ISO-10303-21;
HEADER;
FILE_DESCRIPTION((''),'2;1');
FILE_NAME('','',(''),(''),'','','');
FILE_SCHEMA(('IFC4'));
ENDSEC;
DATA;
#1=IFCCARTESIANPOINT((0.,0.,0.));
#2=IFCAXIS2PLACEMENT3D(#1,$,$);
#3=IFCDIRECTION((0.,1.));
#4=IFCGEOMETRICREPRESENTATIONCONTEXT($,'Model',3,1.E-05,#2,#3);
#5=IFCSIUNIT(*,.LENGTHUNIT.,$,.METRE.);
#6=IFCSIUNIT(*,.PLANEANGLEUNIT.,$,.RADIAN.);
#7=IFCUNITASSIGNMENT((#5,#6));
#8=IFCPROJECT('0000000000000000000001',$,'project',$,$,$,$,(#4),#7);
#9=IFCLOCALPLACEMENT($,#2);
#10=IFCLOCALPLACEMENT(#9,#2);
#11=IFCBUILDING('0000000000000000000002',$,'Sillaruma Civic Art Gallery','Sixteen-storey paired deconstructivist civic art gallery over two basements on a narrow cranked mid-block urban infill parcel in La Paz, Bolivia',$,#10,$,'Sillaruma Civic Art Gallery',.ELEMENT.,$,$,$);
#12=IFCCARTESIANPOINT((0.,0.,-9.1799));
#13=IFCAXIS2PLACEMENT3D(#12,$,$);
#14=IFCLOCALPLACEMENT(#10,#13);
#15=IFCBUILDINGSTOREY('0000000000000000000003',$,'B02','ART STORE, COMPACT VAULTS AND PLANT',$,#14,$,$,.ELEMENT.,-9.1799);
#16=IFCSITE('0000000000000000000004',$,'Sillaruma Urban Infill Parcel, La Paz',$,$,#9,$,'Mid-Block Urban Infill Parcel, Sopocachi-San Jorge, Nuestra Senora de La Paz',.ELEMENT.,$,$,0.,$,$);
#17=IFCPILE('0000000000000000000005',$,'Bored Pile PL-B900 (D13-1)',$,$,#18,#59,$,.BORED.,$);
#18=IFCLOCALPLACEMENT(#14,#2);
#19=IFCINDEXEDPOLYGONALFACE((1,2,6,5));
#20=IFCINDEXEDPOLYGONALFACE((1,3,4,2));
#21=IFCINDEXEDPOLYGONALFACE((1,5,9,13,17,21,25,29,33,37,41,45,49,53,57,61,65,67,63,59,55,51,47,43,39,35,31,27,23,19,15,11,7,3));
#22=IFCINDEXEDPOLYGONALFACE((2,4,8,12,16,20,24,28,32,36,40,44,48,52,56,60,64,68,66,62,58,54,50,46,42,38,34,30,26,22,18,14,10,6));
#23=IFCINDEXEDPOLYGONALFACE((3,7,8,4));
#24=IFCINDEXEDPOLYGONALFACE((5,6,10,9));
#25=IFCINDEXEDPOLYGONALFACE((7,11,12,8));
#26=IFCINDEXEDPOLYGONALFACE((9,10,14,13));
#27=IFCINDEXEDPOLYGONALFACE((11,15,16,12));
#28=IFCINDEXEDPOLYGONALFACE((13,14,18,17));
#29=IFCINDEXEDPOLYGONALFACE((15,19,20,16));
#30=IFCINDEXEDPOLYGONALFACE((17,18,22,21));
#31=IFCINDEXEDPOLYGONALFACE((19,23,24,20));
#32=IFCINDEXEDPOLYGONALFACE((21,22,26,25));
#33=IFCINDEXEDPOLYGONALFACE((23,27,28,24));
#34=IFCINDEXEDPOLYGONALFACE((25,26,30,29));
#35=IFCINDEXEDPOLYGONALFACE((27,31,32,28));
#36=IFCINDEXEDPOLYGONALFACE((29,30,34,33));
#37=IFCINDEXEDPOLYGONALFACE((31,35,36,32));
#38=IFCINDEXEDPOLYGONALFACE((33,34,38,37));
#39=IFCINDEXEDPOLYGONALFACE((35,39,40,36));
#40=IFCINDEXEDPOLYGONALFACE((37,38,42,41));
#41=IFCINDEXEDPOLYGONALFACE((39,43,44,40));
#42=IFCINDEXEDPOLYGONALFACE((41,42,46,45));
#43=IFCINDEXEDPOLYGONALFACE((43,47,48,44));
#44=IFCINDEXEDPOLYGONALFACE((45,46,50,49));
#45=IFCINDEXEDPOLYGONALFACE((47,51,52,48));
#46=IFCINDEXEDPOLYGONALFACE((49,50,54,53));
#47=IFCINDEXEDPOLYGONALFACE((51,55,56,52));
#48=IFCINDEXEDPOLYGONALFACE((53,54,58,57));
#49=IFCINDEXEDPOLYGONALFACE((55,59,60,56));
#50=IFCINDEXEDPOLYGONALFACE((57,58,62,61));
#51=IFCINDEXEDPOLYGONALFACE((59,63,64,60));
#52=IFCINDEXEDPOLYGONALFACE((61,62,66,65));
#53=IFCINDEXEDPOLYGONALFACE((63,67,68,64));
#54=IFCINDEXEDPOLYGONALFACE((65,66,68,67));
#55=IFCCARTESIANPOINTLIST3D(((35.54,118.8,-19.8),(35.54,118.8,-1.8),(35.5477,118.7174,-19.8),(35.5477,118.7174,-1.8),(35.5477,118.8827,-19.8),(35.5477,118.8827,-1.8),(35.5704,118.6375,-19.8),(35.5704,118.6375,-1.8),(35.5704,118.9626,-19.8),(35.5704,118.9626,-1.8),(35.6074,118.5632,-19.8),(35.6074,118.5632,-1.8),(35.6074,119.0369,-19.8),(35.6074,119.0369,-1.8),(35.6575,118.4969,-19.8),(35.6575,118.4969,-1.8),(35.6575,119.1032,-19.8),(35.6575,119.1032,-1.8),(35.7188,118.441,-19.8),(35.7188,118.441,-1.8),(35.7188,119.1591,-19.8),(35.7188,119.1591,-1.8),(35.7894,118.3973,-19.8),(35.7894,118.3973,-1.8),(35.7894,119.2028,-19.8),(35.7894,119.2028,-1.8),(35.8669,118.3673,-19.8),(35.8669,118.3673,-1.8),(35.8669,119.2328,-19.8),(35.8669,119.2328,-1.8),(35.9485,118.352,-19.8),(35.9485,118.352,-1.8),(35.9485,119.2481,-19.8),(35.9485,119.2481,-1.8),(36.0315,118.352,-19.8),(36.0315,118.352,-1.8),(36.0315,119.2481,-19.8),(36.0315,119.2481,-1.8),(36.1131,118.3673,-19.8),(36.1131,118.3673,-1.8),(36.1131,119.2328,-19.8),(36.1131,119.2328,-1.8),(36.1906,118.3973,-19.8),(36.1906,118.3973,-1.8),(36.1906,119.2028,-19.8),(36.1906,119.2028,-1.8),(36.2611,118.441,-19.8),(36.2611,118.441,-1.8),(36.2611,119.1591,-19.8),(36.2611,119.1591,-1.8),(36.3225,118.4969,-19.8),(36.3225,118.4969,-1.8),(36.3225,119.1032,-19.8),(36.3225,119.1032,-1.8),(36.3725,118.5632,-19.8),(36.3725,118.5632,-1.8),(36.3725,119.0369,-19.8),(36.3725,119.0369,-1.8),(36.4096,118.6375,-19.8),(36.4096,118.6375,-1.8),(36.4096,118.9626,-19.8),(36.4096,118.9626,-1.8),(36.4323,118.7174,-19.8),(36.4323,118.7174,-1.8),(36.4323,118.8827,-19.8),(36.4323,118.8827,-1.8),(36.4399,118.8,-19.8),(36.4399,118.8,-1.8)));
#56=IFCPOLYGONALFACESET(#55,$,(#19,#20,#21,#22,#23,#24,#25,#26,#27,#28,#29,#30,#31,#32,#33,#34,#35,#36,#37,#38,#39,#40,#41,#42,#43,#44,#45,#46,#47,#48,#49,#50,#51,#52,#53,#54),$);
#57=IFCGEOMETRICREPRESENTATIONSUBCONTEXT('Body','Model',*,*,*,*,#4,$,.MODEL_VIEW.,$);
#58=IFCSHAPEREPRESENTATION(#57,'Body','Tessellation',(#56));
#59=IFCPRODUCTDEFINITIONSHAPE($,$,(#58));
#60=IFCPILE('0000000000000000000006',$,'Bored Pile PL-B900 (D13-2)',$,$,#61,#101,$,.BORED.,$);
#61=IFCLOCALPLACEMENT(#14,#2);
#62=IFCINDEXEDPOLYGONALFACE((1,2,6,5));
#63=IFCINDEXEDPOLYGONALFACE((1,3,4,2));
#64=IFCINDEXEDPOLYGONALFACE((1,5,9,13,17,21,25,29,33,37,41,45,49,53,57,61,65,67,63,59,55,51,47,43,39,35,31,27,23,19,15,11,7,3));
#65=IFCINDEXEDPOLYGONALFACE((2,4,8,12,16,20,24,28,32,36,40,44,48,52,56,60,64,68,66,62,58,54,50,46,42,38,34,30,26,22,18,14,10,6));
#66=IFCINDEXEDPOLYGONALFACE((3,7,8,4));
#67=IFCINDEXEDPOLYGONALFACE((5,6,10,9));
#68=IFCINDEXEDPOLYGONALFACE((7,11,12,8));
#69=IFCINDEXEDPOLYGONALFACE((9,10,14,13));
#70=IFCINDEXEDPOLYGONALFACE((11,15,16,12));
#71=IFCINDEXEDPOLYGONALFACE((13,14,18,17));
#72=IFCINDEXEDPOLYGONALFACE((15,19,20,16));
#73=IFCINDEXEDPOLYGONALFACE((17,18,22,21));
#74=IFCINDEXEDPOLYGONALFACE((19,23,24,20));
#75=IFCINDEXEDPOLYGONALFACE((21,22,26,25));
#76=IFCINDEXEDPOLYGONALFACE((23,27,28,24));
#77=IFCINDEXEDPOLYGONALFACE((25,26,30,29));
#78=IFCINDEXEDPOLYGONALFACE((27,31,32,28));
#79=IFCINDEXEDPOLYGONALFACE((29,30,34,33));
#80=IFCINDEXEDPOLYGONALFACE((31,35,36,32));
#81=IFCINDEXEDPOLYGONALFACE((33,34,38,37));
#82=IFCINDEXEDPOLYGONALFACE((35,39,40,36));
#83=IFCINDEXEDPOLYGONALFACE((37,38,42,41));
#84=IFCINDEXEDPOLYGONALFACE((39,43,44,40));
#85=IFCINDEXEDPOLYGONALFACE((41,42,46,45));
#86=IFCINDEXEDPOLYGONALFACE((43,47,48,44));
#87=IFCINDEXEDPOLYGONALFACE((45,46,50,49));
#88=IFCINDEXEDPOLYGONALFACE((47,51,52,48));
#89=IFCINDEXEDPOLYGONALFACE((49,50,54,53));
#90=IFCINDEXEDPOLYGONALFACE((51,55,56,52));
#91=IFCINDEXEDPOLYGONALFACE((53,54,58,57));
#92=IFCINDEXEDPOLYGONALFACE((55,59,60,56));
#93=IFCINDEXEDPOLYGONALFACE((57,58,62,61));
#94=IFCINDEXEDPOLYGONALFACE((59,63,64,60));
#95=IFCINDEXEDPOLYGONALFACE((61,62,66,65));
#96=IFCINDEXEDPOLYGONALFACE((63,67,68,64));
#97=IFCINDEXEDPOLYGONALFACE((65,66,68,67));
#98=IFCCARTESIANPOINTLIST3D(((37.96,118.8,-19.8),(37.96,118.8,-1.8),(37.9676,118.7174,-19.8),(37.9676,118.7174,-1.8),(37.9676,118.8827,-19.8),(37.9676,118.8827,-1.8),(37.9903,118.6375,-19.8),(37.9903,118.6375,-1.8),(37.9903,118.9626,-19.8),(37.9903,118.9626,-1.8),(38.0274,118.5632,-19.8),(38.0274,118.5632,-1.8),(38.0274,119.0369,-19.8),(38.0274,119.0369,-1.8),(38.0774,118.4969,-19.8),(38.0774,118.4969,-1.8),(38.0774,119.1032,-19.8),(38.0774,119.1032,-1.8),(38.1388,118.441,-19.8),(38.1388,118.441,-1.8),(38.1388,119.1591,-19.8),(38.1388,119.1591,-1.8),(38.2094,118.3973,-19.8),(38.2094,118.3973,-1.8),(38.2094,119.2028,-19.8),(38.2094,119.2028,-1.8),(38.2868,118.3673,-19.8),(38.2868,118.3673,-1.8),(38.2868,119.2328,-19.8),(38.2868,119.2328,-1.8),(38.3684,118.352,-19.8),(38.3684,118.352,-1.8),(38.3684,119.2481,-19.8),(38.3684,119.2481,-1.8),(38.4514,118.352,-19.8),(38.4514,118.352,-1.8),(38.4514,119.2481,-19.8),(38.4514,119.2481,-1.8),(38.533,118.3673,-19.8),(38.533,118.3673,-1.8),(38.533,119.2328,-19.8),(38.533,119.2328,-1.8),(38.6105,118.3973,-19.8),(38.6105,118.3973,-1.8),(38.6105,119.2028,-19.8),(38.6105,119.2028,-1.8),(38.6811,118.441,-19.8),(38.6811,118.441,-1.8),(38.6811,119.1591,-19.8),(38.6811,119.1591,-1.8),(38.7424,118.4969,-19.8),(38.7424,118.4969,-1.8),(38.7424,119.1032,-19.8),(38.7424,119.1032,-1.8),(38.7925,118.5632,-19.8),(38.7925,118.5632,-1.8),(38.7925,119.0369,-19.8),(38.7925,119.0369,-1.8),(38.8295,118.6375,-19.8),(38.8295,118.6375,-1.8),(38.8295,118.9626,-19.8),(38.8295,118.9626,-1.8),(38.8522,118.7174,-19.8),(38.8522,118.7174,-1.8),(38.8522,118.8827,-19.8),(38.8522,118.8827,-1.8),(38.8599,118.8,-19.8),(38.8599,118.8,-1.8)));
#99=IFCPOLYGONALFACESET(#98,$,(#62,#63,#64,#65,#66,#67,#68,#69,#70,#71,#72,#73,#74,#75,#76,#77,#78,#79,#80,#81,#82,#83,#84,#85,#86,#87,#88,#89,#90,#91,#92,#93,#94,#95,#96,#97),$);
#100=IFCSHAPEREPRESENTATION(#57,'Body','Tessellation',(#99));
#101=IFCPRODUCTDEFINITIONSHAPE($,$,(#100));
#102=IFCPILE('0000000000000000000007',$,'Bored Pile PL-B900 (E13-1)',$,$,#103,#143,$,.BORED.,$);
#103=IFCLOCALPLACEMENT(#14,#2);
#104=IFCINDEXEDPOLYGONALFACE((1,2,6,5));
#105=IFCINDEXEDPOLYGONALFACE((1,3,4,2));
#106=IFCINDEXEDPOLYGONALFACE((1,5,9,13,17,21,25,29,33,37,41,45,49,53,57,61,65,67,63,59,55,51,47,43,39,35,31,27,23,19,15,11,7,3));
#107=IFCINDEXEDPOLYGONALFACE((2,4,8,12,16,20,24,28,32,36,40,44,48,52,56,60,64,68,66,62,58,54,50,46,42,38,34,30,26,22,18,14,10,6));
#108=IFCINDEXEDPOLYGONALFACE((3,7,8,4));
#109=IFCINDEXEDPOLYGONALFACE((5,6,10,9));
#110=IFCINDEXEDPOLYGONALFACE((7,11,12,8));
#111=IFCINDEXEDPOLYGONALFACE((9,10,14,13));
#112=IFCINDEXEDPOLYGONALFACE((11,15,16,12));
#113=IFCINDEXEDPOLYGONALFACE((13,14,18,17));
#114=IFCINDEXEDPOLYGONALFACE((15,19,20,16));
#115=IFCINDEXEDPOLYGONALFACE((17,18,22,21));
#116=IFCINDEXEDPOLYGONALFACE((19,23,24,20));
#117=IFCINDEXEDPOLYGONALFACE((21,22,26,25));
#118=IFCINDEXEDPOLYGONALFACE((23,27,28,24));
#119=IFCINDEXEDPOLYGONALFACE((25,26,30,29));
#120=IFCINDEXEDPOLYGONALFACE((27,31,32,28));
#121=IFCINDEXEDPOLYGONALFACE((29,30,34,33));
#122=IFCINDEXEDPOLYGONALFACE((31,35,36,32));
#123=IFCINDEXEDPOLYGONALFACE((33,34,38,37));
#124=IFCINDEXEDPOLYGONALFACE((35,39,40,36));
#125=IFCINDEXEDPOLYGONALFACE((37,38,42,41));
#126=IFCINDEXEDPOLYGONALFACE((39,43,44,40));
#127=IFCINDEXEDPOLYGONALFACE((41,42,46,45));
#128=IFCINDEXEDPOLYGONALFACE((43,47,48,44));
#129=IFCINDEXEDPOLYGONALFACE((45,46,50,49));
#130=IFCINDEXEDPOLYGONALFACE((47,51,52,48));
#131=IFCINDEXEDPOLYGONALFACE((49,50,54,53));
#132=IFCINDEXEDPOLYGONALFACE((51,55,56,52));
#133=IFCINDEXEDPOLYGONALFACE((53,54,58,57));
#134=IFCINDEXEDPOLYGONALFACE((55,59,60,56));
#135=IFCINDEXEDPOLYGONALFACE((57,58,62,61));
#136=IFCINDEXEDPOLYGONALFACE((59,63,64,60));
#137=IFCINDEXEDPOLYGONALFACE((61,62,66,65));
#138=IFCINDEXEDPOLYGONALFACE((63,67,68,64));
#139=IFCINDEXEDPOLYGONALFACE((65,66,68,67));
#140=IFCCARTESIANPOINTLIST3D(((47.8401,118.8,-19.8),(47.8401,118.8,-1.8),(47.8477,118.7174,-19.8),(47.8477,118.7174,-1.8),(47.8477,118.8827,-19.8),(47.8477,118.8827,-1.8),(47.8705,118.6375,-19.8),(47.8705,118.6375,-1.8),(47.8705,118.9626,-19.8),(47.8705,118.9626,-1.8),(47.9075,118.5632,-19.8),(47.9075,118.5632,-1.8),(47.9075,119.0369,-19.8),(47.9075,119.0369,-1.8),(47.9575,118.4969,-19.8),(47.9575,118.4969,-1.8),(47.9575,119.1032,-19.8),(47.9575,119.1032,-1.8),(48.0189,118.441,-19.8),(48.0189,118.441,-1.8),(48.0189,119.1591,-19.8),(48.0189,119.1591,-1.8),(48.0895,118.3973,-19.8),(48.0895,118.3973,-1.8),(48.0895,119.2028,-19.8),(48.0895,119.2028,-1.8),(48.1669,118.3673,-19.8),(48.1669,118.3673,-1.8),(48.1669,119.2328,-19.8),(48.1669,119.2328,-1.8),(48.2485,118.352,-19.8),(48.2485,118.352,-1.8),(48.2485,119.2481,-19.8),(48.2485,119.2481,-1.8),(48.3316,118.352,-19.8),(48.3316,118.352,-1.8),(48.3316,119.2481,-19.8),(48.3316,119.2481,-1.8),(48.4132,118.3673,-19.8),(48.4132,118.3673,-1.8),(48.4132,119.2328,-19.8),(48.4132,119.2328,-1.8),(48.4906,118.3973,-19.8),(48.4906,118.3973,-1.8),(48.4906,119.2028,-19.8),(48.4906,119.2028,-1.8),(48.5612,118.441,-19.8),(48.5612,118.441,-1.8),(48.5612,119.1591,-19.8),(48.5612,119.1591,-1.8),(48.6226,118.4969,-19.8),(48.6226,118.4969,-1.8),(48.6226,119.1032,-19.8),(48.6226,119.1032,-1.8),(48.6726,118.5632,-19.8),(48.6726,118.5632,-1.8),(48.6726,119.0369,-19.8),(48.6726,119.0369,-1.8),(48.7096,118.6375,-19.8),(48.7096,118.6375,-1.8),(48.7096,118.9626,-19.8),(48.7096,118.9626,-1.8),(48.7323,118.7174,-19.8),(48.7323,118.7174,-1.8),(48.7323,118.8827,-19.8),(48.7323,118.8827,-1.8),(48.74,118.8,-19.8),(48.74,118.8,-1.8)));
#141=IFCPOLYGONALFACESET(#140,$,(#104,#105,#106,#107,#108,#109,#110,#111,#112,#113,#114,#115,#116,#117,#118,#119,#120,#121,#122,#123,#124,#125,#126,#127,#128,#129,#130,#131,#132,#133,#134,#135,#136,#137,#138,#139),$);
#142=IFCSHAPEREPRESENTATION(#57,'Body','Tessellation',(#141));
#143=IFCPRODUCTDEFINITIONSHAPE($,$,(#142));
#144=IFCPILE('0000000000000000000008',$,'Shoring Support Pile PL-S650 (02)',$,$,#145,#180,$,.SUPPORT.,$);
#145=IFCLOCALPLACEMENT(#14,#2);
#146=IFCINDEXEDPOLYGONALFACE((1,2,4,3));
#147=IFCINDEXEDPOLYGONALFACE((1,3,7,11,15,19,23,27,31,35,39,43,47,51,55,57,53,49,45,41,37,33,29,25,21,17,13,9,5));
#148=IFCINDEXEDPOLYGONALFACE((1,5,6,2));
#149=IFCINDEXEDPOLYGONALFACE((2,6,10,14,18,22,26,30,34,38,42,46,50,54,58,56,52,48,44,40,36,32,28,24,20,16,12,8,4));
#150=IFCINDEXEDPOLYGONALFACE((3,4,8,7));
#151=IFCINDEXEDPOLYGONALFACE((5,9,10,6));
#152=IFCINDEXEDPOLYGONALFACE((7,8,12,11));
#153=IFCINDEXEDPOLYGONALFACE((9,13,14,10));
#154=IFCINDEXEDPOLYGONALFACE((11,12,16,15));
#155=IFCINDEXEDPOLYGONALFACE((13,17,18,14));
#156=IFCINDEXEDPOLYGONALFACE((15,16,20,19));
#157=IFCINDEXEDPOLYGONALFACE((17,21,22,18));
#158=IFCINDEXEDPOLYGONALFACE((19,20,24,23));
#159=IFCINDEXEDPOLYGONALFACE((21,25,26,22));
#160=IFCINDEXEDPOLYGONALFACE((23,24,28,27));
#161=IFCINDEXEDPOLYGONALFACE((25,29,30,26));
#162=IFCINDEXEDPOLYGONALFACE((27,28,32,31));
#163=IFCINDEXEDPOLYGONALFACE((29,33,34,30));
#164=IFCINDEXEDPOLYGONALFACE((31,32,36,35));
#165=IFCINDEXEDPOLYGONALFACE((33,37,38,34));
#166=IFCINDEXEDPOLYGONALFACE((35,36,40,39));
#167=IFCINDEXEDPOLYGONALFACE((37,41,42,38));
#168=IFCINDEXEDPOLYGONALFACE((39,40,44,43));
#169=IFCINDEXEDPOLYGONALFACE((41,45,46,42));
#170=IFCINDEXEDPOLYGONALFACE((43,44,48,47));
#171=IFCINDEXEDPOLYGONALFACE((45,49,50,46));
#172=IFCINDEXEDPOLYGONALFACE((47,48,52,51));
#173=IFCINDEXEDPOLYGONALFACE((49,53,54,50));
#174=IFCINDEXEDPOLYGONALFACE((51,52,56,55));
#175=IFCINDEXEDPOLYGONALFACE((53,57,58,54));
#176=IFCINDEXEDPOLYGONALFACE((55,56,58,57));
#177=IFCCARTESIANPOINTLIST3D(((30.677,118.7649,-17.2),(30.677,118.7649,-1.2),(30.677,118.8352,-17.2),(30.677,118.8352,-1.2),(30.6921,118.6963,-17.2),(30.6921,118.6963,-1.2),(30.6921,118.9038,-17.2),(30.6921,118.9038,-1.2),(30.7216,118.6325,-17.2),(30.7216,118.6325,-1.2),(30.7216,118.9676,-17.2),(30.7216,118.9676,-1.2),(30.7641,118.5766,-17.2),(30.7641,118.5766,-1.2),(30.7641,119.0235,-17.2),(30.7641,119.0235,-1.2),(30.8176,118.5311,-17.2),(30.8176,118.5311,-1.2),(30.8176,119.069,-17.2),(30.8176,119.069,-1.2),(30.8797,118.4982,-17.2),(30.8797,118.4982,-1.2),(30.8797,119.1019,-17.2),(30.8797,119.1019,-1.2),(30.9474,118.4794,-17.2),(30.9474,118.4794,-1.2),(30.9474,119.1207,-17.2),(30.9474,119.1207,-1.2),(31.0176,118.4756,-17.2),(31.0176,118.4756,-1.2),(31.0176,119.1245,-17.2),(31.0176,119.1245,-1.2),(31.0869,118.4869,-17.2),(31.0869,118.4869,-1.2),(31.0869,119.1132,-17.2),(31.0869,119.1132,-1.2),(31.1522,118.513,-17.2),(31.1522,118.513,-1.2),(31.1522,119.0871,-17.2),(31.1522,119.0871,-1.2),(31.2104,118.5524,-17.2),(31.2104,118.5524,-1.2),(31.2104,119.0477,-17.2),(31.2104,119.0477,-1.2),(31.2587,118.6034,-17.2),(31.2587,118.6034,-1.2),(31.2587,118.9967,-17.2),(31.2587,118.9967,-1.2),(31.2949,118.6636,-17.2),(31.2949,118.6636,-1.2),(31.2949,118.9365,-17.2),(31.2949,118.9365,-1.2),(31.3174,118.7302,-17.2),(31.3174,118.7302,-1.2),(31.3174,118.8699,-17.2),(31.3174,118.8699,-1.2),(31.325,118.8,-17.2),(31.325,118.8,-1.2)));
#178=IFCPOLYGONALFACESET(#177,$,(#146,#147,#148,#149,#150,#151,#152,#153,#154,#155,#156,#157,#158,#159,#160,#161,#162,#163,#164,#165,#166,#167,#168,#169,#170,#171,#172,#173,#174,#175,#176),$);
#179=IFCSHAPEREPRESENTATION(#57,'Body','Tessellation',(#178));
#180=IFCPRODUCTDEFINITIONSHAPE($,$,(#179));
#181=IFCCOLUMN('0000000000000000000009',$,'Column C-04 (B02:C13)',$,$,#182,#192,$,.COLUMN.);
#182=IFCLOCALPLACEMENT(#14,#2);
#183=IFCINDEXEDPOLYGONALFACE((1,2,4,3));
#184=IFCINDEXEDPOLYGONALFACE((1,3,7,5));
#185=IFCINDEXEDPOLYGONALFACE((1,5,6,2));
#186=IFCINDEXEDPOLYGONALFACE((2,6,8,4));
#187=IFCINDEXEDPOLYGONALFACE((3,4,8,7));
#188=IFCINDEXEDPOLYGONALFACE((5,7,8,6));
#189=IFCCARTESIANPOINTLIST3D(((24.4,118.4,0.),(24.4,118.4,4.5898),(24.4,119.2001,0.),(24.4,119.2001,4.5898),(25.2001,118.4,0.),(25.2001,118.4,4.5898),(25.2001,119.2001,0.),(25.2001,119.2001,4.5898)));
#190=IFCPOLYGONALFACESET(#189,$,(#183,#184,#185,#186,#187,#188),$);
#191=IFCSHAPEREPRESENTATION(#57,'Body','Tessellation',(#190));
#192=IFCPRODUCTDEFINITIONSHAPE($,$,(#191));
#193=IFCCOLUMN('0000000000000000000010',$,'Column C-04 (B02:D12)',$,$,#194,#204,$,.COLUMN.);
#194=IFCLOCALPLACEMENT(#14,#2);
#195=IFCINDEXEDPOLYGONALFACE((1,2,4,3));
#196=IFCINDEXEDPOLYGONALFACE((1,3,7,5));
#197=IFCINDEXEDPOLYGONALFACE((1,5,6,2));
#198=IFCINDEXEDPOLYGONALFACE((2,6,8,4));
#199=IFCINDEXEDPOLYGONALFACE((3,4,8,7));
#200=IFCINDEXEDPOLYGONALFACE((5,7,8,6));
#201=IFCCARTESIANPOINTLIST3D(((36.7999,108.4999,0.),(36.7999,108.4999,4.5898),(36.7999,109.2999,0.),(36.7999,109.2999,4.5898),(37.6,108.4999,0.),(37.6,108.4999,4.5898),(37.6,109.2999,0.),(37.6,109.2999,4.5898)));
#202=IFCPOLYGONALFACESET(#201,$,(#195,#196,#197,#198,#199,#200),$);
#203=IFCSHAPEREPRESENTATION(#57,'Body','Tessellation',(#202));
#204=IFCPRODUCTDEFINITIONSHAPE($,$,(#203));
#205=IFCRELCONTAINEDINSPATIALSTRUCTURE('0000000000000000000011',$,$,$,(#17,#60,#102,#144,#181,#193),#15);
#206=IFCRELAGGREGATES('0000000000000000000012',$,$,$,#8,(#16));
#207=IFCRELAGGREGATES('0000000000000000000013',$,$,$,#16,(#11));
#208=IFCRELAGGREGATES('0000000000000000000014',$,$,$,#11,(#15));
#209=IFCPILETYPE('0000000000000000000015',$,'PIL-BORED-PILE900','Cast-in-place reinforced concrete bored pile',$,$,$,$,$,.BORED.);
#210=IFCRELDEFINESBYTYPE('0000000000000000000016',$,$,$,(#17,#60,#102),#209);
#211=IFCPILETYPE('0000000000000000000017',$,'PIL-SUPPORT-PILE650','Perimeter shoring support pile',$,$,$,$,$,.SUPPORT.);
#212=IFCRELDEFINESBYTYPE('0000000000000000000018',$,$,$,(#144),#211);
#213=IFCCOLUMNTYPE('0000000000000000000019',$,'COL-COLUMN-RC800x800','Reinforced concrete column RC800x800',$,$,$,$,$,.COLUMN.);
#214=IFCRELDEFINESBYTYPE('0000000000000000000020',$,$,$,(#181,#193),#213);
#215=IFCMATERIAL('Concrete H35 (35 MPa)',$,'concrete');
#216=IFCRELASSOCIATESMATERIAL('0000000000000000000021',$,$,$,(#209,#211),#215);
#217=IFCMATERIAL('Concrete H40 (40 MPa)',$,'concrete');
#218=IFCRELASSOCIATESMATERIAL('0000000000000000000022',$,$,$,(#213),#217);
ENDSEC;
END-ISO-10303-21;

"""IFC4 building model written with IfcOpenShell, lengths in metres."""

from ifc_helpers import new_model, si_unit, direction, frame, origin, origin_2d, place, context, subcontext, project, spatial, rectangle, circle, extrude, material, material_profile, profile_set, type_object, element, save


model = new_model("IFC4")

# Units and contexts
model_context = context("Model", 3, precision=1e-05, world=origin(), true_north=direction((0.0, 1.0)))
body_context = subcontext(model_context, "Body", "Model", "MODEL_VIEW")
ifc_project = project(units=[si_unit("LENGTHUNIT", "METRE"), si_unit("PLANEANGLEUNIT", "RADIAN")], contexts=[model_context])

# Site, building, storey
site_placement = place(None, origin())
site = spatial("IfcSite", under=ifc_project, at=site_placement, Name="Sillaruma Urban Infill Parcel, La Paz", LongName="Mid-Block Urban Infill Parcel, Sopocachi-San Jorge, Nuestra Senora de La Paz", CompositionType="ELEMENT", RefElevation=0.0)
building_placement = place(site_placement, origin())
building = spatial("IfcBuilding", under=site, at=building_placement, Name="Sillaruma Civic Art Gallery", Description="Sixteen-storey paired deconstructivist civic art gallery over two basements on a narrow cranked mid-block urban infill parcel in La Paz, Bolivia", LongName="Sillaruma Civic Art Gallery", CompositionType="ELEMENT")
storey_placement = place(building_placement, frame((0.0, 0.0, -9.1799)))
storey = spatial("IfcBuildingStorey", under=building, at=storey_placement, Name="B02", Description="ART STORE, COMPACT VAULTS AND PLANT", CompositionType="ELEMENT", Elevation=-9.1799)

# Shared definitions
ifc_material_1 = material(Name="Concrete H35 (35 MPa)", Category="concrete")

# Piles
ifc_material_profile_1 = material_profile(ifc_material_1, circle(Radius=0.45, at=origin_2d()), Name="PILE900")
ifc_profile_set_1 = profile_set([ifc_material_profile_1], Name="Concrete H35 (35 MPa)")
pile_type_1 = type_object("IfcPileType", Name="PIL-BORED-PILE900", Description="Cast-in-place reinforced concrete bored pile", PredefinedType="BORED", material=ifc_profile_set_1)
for number, where, z_axis, x_axis, name in (
    (1, (35.99, 118.8, -1.8), (0.0, 0.0, -1.0), (1.0, 0.0, 0.0), "Bored Pile PL-B900 (D13-1)"),
    (2, (38.4099, 118.8, -1.8), (0.0, 0.0, -1.0), (1.0, 0.0, 0.0), "Bored Pile PL-B900 (D13-2)"),
    (3, (48.29, 118.8, -1.8), (0.0, 0.0, -1.0), (1.0, 0.0, 0.0), "Bored Pile PL-B900 (E13-1)"),
):
    element("IfcPile", number, at=place(storey_placement, frame(where, z_axis=z_axis, x_axis=x_axis)), inside=storey, type_object=pile_type_1, Name=name, PredefinedType="BORED", context=body_context, shape_type="SweptSolid", body=[
        extrude(circle(Radius=0.45, at=origin_2d()), origin(), (0.0, 0.0, 1.0), 18.0),
    ])
ifc_material_profile_2 = material_profile(ifc_material_1, circle(Radius=0.325, at=origin_2d()), Name="PILE650")
ifc_profile_set_2 = profile_set([ifc_material_profile_2], Name="Concrete H35 (35 MPa)")
pile_type_2 = type_object("IfcPileType", Name="PIL-SUPPORT-PILE650", Description="Perimeter shoring support pile", PredefinedType="SUPPORT", material=ifc_profile_set_2)
pile_1_placement = place(storey_placement, frame((31.0, 118.8, -1.2), z_axis=(0.0, 0.0, -1.0), x_axis=(1.0, 0.0, 0.0)))
element("IfcPile", 4, at=pile_1_placement, inside=storey, type_object=pile_type_2, Name="Shoring Support Pile PL-S650 (02)", PredefinedType="SUPPORT", context=body_context, shape_type="SweptSolid", body=[
    extrude(circle(Radius=0.325, at=origin_2d()), origin(), (0.0, 0.0, 1.0), 16.0),
])

# Columns
ifc_material_2 = material(Name="Concrete H40 (40 MPa)", Category="concrete")
ifc_material_profile_3 = material_profile(ifc_material_2, rectangle(XDim=0.8, YDim=0.8, at=origin_2d()), Name="RC800x800")
ifc_profile_set_3 = profile_set([ifc_material_profile_3], Name="Concrete H40 (40 MPa)")
column_type_1 = type_object("IfcColumnType", Name="COL-COLUMN-RC800x800", Description="Reinforced concrete column RC800x800", PredefinedType="COLUMN", material=ifc_profile_set_3)
for number, where, z_axis, x_axis, name in (
    (5, (24.8, 118.8, 0.0), (0.0, 0.0, 1.0), (1.0, 0.0, 0.0), "Column C-04 (B02:C13)"),
    (6, (37.2, 108.8999, 0.0), (0.0, 0.0, 1.0), (1.0, 0.0, 0.0), "Column C-04 (B02:D12)"),
):
    element("IfcColumn", number, at=place(storey_placement, frame(where, z_axis=z_axis, x_axis=x_axis)), inside=storey, type_object=column_type_1, Name=name, PredefinedType="COLUMN", context=body_context, shape_type="SweptSolid", body=[
        extrude(rectangle(XDim=0.8, YDim=0.8, at=origin_2d()), origin(), (0.0, 0.0, 1.0), 4.5898),
    ])

save(model, "model.ifc")
